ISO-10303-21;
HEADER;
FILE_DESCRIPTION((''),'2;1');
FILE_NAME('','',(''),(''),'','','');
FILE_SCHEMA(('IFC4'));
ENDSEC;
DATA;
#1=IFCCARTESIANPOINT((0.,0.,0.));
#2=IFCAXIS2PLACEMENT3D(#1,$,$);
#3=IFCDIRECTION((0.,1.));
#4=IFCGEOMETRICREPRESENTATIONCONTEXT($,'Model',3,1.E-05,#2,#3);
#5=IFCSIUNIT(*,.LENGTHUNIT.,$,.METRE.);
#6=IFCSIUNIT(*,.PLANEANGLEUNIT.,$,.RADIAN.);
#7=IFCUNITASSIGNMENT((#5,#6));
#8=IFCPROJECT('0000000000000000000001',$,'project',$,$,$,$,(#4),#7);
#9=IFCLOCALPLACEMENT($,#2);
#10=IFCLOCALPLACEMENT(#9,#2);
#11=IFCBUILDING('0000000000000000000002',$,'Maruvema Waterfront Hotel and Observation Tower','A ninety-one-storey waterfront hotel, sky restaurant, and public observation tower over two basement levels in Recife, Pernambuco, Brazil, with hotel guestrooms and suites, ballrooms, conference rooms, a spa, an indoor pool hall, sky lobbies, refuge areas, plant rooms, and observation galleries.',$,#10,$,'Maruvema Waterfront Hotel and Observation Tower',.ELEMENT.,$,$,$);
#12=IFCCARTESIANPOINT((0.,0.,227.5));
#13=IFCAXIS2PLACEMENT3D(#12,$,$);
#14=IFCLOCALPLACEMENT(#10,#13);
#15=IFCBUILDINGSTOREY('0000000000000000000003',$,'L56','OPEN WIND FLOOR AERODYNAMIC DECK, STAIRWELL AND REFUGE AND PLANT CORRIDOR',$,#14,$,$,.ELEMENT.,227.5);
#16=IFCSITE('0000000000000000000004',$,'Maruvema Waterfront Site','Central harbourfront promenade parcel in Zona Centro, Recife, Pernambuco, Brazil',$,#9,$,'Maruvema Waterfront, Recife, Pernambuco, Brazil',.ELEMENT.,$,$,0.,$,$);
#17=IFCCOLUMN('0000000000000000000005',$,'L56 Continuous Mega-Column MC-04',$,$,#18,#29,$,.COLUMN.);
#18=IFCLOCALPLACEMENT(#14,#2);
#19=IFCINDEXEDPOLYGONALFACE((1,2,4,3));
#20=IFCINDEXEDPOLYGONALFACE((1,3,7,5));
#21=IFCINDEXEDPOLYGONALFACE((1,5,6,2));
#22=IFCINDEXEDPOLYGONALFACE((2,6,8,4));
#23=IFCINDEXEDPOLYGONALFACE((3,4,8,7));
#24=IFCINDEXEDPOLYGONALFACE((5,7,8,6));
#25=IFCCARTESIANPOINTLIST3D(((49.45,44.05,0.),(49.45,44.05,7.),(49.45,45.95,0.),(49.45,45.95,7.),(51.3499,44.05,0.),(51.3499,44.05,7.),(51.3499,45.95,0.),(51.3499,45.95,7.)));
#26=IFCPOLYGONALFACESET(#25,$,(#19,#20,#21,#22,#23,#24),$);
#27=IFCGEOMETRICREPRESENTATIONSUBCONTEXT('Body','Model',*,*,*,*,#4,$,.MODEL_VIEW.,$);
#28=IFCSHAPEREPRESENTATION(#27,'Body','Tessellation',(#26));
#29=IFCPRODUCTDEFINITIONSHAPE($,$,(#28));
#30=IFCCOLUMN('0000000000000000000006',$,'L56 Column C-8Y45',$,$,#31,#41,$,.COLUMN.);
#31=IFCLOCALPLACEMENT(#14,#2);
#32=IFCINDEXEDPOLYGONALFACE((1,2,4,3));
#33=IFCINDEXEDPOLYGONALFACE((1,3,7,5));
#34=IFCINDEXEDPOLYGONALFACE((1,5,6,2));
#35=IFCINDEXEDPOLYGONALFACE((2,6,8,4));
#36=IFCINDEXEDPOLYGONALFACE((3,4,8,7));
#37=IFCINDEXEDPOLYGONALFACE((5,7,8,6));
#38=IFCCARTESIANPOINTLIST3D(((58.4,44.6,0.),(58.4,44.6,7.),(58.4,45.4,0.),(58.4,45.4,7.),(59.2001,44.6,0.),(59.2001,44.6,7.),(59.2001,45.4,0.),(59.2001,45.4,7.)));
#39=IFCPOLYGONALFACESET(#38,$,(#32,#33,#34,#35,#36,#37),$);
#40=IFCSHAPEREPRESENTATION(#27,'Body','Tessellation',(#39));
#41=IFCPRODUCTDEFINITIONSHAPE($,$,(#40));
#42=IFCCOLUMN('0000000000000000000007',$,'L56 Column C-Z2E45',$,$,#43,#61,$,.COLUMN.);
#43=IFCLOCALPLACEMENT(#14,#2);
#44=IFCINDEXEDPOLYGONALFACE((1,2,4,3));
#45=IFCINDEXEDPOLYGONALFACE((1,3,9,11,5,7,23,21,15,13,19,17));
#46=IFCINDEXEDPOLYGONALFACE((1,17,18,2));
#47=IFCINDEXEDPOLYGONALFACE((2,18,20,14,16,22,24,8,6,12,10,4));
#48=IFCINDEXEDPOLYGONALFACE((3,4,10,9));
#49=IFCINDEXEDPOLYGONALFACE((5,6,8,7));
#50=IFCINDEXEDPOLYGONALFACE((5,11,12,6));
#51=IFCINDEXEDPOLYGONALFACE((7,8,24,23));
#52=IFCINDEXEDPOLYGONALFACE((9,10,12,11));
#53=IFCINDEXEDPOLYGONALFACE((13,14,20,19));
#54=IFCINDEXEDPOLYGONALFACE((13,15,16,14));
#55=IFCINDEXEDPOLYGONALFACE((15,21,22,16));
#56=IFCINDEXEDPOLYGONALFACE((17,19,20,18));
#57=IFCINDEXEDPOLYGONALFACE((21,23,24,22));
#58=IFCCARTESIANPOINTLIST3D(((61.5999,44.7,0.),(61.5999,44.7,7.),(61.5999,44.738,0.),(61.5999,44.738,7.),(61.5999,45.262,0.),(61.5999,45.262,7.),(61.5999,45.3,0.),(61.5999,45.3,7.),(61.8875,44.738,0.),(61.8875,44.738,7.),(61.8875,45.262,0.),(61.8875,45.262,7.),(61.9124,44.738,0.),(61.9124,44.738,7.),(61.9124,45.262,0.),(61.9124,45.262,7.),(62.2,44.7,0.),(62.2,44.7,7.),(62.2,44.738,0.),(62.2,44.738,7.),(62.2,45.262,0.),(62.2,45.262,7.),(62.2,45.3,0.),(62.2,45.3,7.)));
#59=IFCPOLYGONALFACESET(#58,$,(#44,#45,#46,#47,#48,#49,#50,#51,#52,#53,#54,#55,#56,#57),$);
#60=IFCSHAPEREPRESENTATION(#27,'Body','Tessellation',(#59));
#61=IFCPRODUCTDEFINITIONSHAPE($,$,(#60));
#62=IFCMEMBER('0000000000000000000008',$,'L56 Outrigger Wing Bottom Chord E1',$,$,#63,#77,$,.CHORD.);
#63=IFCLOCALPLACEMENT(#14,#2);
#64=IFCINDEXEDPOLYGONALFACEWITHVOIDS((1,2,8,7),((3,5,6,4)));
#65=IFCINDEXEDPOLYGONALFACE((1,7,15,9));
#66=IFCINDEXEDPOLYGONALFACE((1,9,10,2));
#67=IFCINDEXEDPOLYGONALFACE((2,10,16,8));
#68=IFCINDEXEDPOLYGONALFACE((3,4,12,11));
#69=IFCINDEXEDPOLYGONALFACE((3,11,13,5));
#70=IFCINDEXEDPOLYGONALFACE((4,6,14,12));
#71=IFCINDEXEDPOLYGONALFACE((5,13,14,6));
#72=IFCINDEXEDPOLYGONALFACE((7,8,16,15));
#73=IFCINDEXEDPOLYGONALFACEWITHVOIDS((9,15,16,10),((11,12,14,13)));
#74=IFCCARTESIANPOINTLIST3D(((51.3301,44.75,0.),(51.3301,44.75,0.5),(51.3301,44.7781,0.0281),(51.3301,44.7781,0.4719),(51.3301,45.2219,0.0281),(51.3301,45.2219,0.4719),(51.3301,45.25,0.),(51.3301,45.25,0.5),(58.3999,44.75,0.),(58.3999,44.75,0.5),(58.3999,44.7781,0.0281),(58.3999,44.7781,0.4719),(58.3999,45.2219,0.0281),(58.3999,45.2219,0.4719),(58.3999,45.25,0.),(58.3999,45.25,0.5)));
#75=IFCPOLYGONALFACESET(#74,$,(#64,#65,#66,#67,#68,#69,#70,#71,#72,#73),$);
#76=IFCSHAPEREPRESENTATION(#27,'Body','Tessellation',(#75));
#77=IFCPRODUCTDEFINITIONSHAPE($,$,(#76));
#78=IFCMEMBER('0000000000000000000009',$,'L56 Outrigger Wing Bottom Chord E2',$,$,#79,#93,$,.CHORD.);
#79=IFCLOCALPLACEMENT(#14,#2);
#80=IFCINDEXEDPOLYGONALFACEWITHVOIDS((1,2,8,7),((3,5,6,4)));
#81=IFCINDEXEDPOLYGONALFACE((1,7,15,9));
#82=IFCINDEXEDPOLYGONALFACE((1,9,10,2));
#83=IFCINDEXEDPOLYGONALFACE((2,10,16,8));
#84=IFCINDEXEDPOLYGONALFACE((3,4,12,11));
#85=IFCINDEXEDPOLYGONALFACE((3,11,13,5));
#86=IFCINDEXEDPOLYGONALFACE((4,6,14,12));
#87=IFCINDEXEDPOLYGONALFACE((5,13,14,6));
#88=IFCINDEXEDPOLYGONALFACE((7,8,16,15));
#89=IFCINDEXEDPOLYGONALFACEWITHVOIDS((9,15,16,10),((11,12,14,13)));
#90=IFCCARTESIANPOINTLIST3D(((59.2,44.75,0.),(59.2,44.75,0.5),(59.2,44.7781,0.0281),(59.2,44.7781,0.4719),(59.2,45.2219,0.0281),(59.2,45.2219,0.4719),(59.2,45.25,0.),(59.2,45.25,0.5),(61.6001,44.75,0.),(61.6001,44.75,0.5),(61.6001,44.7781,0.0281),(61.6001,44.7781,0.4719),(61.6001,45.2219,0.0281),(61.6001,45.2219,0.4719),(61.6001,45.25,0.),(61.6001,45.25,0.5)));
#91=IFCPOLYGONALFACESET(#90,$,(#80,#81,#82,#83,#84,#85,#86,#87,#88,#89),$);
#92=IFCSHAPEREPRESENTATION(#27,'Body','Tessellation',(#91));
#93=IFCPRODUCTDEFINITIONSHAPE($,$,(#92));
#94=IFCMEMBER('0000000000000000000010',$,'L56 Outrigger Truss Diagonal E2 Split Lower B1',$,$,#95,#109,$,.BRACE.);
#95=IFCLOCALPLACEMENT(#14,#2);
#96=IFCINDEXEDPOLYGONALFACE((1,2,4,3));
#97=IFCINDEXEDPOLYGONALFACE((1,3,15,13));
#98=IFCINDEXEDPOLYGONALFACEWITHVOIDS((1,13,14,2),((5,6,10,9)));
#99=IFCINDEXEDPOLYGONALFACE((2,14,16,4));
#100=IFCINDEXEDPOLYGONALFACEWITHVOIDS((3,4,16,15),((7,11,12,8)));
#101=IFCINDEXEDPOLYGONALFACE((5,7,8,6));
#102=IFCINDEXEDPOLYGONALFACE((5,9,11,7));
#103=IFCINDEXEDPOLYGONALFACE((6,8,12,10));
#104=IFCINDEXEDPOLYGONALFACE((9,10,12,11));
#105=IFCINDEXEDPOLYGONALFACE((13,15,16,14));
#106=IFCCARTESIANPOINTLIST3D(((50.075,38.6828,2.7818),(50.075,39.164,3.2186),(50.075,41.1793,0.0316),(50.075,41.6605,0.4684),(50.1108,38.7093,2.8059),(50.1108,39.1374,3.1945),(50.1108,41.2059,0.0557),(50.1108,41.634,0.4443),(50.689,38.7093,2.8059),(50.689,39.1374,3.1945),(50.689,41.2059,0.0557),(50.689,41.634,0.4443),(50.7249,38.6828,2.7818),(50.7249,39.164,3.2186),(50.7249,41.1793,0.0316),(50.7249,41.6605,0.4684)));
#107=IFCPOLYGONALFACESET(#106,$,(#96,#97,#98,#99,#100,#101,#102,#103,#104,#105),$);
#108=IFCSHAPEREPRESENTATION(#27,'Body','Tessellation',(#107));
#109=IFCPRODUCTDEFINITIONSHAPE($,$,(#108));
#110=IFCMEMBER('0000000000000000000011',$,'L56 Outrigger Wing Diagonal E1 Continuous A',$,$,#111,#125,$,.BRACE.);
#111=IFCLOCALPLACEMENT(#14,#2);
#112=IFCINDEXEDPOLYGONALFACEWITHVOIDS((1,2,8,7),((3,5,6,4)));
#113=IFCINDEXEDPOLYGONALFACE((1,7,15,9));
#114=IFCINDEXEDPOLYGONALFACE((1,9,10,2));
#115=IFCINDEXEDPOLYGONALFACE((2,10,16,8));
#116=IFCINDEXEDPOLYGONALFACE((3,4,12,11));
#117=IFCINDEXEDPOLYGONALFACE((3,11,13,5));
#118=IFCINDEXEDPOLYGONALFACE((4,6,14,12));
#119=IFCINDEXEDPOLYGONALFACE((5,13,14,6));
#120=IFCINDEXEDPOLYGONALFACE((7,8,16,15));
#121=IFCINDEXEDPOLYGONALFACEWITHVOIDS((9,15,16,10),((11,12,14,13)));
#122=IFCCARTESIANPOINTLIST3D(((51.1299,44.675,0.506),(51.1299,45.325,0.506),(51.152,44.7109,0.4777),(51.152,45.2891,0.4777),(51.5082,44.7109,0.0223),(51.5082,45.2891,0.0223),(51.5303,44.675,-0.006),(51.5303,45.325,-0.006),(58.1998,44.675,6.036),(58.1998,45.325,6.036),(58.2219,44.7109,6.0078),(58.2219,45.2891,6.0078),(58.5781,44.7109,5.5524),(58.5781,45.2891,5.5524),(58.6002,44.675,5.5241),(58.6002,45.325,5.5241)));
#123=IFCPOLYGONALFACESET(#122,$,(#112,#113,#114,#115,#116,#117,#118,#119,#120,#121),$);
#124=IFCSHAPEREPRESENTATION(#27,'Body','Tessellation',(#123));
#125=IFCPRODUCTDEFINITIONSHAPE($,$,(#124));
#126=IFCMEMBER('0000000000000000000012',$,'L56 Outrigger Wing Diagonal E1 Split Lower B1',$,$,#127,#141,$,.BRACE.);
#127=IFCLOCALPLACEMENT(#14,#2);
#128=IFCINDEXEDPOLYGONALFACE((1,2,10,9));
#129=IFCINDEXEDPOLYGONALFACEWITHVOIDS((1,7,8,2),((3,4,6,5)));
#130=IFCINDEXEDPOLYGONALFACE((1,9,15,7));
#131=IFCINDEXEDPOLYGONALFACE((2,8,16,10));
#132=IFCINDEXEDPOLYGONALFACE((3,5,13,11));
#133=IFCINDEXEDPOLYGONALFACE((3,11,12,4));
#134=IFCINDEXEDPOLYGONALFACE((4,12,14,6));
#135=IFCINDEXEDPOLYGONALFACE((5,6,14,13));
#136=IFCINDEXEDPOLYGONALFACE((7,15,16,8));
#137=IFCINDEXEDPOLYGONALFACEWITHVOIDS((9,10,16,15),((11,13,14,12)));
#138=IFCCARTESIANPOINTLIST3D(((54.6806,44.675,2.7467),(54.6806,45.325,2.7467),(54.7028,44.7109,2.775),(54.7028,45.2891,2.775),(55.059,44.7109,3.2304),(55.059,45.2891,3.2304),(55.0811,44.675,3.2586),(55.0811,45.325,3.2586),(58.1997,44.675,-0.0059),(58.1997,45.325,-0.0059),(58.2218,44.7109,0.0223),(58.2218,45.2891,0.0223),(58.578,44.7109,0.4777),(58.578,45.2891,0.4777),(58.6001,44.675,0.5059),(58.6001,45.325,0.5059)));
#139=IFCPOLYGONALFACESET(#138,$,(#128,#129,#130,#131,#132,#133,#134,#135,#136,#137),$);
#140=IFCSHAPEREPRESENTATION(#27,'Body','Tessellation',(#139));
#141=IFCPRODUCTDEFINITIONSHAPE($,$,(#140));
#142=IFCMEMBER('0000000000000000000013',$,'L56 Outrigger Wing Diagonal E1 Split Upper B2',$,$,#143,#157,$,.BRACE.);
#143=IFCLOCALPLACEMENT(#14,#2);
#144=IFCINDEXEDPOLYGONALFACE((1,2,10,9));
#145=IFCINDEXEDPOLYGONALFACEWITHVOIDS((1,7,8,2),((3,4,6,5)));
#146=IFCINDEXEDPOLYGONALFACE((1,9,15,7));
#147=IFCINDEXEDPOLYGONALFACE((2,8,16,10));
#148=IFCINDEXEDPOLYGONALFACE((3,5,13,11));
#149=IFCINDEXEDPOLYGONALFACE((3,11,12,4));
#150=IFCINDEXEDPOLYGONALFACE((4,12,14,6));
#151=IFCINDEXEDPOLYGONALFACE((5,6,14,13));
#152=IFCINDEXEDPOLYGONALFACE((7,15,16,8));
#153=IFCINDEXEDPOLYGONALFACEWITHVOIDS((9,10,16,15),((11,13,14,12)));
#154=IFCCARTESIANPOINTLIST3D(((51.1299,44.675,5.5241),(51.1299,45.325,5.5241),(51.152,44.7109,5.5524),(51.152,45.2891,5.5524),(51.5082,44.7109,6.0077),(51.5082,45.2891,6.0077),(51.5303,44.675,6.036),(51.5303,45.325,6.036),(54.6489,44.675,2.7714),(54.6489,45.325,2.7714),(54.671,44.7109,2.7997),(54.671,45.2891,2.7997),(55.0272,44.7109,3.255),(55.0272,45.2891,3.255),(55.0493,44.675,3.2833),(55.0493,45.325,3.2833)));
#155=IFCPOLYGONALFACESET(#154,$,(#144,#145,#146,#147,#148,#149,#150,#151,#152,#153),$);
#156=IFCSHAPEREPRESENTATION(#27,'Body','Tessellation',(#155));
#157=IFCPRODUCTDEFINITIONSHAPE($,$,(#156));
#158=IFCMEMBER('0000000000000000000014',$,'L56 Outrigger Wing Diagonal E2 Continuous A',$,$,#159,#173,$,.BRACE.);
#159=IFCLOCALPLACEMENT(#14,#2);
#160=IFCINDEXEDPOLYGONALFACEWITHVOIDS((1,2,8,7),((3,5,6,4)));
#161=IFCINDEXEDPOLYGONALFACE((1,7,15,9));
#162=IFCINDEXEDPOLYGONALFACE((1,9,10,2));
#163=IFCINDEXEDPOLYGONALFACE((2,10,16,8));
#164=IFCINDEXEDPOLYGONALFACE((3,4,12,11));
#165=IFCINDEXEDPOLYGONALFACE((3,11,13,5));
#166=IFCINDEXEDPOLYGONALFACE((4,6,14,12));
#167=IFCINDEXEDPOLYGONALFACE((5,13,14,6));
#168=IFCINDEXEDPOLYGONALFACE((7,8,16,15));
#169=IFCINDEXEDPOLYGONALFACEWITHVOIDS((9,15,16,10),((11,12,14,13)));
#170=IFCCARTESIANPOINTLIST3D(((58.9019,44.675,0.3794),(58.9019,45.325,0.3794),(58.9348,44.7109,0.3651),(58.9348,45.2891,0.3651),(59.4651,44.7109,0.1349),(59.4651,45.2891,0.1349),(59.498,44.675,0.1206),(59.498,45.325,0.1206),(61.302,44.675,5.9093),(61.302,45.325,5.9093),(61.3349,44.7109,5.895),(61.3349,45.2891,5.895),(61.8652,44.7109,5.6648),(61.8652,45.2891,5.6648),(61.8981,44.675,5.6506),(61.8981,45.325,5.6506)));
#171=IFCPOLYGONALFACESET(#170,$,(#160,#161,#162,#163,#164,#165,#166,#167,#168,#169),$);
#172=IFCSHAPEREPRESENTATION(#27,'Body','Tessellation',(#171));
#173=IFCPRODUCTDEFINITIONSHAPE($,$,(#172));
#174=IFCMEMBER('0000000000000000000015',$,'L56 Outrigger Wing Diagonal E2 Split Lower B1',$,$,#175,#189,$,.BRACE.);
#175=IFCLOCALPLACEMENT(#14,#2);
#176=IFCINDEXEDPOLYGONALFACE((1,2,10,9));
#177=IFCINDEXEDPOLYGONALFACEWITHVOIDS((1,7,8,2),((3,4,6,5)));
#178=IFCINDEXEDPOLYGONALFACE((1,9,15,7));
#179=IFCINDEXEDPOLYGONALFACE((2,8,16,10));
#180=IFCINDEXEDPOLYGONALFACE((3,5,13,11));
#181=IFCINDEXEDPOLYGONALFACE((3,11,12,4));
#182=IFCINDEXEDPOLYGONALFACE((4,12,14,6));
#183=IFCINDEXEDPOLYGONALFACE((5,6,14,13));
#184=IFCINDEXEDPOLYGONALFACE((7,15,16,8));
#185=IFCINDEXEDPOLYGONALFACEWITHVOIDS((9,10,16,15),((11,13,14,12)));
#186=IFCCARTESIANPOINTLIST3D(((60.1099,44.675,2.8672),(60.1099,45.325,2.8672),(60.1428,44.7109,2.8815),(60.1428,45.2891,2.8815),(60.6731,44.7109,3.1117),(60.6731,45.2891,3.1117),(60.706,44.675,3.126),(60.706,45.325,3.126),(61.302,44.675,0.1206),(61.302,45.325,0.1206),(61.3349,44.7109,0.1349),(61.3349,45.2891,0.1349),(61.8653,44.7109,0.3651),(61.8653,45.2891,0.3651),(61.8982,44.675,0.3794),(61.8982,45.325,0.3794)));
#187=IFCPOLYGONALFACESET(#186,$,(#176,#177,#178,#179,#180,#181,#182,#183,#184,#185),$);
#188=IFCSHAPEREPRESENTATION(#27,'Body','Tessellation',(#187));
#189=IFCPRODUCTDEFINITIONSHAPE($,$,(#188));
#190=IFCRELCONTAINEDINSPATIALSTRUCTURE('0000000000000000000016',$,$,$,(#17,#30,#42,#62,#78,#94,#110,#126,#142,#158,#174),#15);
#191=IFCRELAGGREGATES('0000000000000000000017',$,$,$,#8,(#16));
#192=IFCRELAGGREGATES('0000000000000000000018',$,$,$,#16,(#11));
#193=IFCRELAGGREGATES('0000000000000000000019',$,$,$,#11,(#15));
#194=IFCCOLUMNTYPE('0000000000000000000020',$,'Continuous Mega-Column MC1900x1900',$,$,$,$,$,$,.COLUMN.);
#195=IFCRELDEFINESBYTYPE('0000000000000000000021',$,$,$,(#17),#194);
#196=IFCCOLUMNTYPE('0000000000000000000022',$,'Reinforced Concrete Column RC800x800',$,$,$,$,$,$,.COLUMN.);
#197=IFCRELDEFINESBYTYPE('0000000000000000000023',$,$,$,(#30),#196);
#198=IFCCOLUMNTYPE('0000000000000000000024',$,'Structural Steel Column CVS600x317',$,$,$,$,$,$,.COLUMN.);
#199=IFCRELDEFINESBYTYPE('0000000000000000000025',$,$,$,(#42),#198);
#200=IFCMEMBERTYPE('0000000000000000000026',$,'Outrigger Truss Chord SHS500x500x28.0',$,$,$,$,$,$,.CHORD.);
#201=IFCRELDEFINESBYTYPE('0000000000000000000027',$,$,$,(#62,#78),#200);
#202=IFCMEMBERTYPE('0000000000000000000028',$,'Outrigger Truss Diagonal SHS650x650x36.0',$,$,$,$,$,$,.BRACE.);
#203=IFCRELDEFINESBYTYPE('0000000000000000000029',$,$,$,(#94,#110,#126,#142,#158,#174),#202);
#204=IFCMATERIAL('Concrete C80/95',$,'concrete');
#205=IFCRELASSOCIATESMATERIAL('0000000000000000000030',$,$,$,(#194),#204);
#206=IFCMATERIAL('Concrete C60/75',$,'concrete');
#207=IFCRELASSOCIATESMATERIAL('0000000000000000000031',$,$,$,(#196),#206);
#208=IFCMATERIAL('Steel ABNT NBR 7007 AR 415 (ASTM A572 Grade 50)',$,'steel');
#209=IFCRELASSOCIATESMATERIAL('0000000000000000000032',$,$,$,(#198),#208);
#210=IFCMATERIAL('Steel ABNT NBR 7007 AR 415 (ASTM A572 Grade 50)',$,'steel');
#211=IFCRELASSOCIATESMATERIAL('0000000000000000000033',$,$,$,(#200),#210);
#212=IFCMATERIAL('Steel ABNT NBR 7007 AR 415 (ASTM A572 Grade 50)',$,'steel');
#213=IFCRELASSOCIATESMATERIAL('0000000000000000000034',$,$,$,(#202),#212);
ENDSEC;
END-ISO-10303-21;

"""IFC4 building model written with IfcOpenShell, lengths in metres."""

from ifc_helpers import new_model, si_unit, direction, frame, origin, origin_2d, place, context, subcontext, project, spatial, rectangle, hollow_rectangle, i_section, extrude, material, material_profile, profile_set, type_object, element, save


model = new_model("IFC4")

# Units and contexts
model_context = context("Model", 3, precision=1e-05, world=origin(), true_north=direction((0.0, 1.0)))
body_context = subcontext(model_context, "Body", "Model", "MODEL_VIEW")
ifc_project = project(units=[si_unit("LENGTHUNIT", "METRE"), si_unit("PLANEANGLEUNIT", "RADIAN")], contexts=[model_context])

# Site, building, storey
site_placement = place(None, origin())
site = spatial("IfcSite", under=ifc_project, at=site_placement, Name="Maruvema Waterfront Site", Description="Central harbourfront promenade parcel in Zona Centro, Recife, Pernambuco, Brazil", LongName="Maruvema Waterfront, Recife, Pernambuco, Brazil", CompositionType="ELEMENT", RefElevation=0.0)
building_placement = place(site_placement, origin())
building = spatial("IfcBuilding", under=site, at=building_placement, Name="Maruvema Waterfront Hotel and Observation Tower", Description="A ninety-one-storey waterfront hotel, sky restaurant, and public observation tower over two basement levels in Recife, Pernambuco, Brazil, with hotel guestrooms and suites, ballrooms, conference rooms, a spa, an indoor pool hall, sky lobbies, refuge areas, plant rooms, and observation galleries.", LongName="Maruvema Waterfront Hotel and Observation Tower", CompositionType="ELEMENT")
storey_placement = place(building_placement, frame((0.0, 0.0, 227.5)))
storey = spatial("IfcBuildingStorey", under=building, at=storey_placement, Name="L56", Description="OPEN WIND FLOOR AERODYNAMIC DECK, STAIRWELL AND REFUGE AND PLANT CORRIDOR", CompositionType="ELEMENT", Elevation=227.5)

# Columns
ifc_material_1 = material(Name="Concrete C80/95", Category="concrete")
ifc_material_profile_1 = material_profile(ifc_material_1, rectangle(XDim=1.8999, YDim=1.8999, at=origin_2d()), Name="MC1900x1900")
ifc_profile_set_1 = profile_set([ifc_material_profile_1], Name="Concrete C80/95")
column_type_1 = type_object("IfcColumnType", Name="Continuous Mega-Column MC1900x1900", PredefinedType="COLUMN", material=ifc_profile_set_1)
column_1_placement = place(storey_placement, frame((50.3999, 45.0, 0.0), z_axis=(0.0, 0.0, 1.0), x_axis=(1.0, 0.0, 0.0)))
element("IfcColumn", 1, at=column_1_placement, inside=storey, type_object=column_type_1, Name="L56 Continuous Mega-Column MC-04", PredefinedType="COLUMN", context=body_context, shape_type="SweptSolid", body=[
    extrude(rectangle(XDim=1.8999, YDim=1.8999, at=origin_2d()), origin(), (0.0, 0.0, 1.0), 7.0),
])
ifc_material_2 = material(Name="Concrete C60/75", Category="concrete")
ifc_material_profile_2 = material_profile(ifc_material_2, rectangle(XDim=0.8, YDim=0.8, at=origin_2d()), Name="RC800x800")
ifc_profile_set_2 = profile_set([ifc_material_profile_2], Name="Concrete C60/75")
column_type_2 = type_object("IfcColumnType", Name="Reinforced Concrete Column RC800x800", PredefinedType="COLUMN", material=ifc_profile_set_2)
column_2_placement = place(storey_placement, frame((58.8, 45.0, 0.0), z_axis=(0.0, 0.0, 1.0), x_axis=(1.0, 0.0, 0.0)))
element("IfcColumn", 2, at=column_2_placement, inside=storey, type_object=column_type_2, Name="L56 Column C-8Y45", PredefinedType="COLUMN", context=body_context, shape_type="SweptSolid", body=[
    extrude(rectangle(XDim=0.8, YDim=0.8, at=origin_2d()), origin(), (0.0, 0.0, 1.0), 7.0),
])
ifc_material_3 = material(Name="Steel ABNT NBR 7007 AR 415 (ASTM A572 Grade 50)", Category="steel")
ifc_material_profile_3 = material_profile(ifc_material_3, i_section(OverallWidth=0.6001, OverallDepth=0.6001, WebThickness=0.0249, FlangeThickness=0.0381, at=origin_2d()), Name="CVS600x317")
ifc_profile_set_3 = profile_set([ifc_material_profile_3], Name="Steel ABNT NBR 7007 AR 415 (ASTM A572 Grade 50)")
column_type_3 = type_object("IfcColumnType", Name="Structural Steel Column CVS600x317", PredefinedType="COLUMN", material=ifc_profile_set_3)
column_3_placement = place(storey_placement, frame((61.8999, 45.0, 0.0), z_axis=(0.0, 0.0, 1.0), x_axis=(1.0, 0.0, 0.0)))
element("IfcColumn", 3, at=column_3_placement, inside=storey, type_object=column_type_3, Name="L56 Column C-Z2E45", PredefinedType="COLUMN", context=body_context, shape_type="SweptSolid", body=[
    extrude(i_section(OverallWidth=0.6001, OverallDepth=0.6001, WebThickness=0.0249, FlangeThickness=0.0381, at=origin_2d()), origin(), (0.0, 0.0, 1.0), 7.0),
])

# Members
ifc_material_4 = material(Name="Steel ABNT NBR 7007 AR 415 (ASTM A572 Grade 50)", Category="steel")
ifc_material_profile_4 = material_profile(ifc_material_4, hollow_rectangle(XDim=0.5, YDim=0.5, WallThickness=0.0281, at=origin_2d()), Name="SHS500x500x28.0")
ifc_profile_set_4 = profile_set([ifc_material_profile_4], Name="Steel ABNT NBR 7007 AR 415 (ASTM A572 Grade 50)")
member_type_1 = type_object("IfcMemberType", Name="Outrigger Truss Chord SHS500x500x28.0", PredefinedType="CHORD", material=ifc_profile_set_4)
member_1_placement = place(storey_placement, frame((51.3301, 45.0, 0.25), z_axis=(1.0, 0.0, 0.0), x_axis=(0.0, 1.0, 0.0)))
element("IfcMember", 4, at=member_1_placement, inside=storey, type_object=member_type_1, Name="L56 Outrigger Wing Bottom Chord E1", PredefinedType="CHORD", context=body_context, shape_type="SweptSolid", body=[
    extrude(hollow_rectangle(XDim=0.5, YDim=0.5, WallThickness=0.0281, at=origin_2d()), origin(), (0.0, 0.0, 1.0), 7.0698),
])
member_2_placement = place(storey_placement, frame((59.2, 45.0, 0.25), z_axis=(1.0, 0.0, 0.0), x_axis=(0.0, 1.0, 0.0)))
element("IfcMember", 5, at=member_2_placement, inside=storey, type_object=member_type_1, Name="L56 Outrigger Wing Bottom Chord E2", PredefinedType="CHORD", context=body_context, shape_type="SweptSolid", body=[
    extrude(hollow_rectangle(XDim=0.5, YDim=0.5, WallThickness=0.0281, at=origin_2d()), origin(), (0.0, 0.0, 1.0), 2.4001),
])
ifc_material_5 = material(Name="Steel ABNT NBR 7007 AR 415 (ASTM A572 Grade 50)", Category="steel")
ifc_material_profile_5 = material_profile(ifc_material_5, hollow_rectangle(XDim=0.6499, YDim=0.6499, WallThickness=0.0359, at=origin_2d()), Name="SHS650x650x36.0")
ifc_profile_set_5 = profile_set([ifc_material_profile_5], Name="Steel ABNT NBR 7007 AR 415 (ASTM A572 Grade 50)")
member_type_2 = type_object("IfcMemberType", Name="Outrigger Truss Diagonal SHS650x650x36.0", PredefinedType="BRACE", material=ifc_profile_set_5)
member_3_placement = place(storey_placement, frame((50.3999, 41.4199, 0.25), z_axis=(0.0, -0.672136, 0.740428), x_axis=(1.0, 0.0, 0.0)))
element("IfcMember", 6, at=member_3_placement, inside=storey, type_object=member_type_2, Name="L56 Outrigger Truss Diagonal E2 Split Lower B1", PredefinedType="BRACE", context=body_context, shape_type="SweptSolid", body=[
    extrude(hollow_rectangle(XDim=0.6499, YDim=0.6499, WallThickness=0.0359, at=origin_2d()), origin(), (0.0, 0.0, 1.0), 3.7144),
])
member_4_placement = place(storey_placement, frame((51.3301, 45.0, 0.25), z_axis=(0.787661, 0.0, 0.616109), x_axis=(0.0, 1.0, 0.0)))
element("IfcMember", 7, at=member_4_placement, inside=storey, type_object=member_type_2, Name="L56 Outrigger Wing Diagonal E1 Continuous A", PredefinedType="BRACE", context=body_context, shape_type="SweptSolid", body=[
    extrude(hollow_rectangle(XDim=0.6499, YDim=0.6499, WallThickness=0.0359, at=origin_2d()), origin(), (0.0, 0.0, 1.0), 8.9758),
])
for number, where, z_axis, x_axis, name in (
    (8, (58.3999, 45.0, 0.25), (-0.787651, 0.0, 0.616121), (0.0, -1.0, 0.0), "L56 Outrigger Wing Diagonal E1 Split Lower B1"),
    (9, (54.8491, 45.0, 3.0273), (-0.787651, 0.0, 0.616121), (0.0, -1.0, 0.0), "L56 Outrigger Wing Diagonal E1 Split Upper B2"),
):
    element("IfcMember", number, at=place(storey_placement, frame(where, z_axis=z_axis, x_axis=x_axis)), inside=storey, type_object=member_type_2, Name=name, PredefinedType="BRACE", context=body_context, shape_type="SweptSolid", body=[
        extrude(hollow_rectangle(XDim=0.6499, YDim=0.6499, WallThickness=0.0359, at=origin_2d()), origin(), (0.0, 0.0, 1.0), 4.4678),
    ])
member_5_placement = place(storey_placement, frame((59.2, 45.0, 0.25), z_axis=(0.398138, 0.0, 0.917325), x_axis=(0.0, 1.0, 0.0)))
element("IfcMember", 10, at=member_5_placement, inside=storey, type_object=member_type_2, Name="L56 Outrigger Wing Diagonal E2 Continuous A", PredefinedType="BRACE", context=body_context, shape_type="SweptSolid", body=[
    extrude(hollow_rectangle(XDim=0.6499, YDim=0.6499, WallThickness=0.0359, at=origin_2d()), origin(), (0.0, 0.0, 1.0), 6.0283),
])
member_6_placement = place(storey_placement, frame((61.6001, 45.0, 0.25), z_axis=(-0.398157, 0.0, 0.917317), x_axis=(0.0, -1.0, 0.0)))
element("IfcMember", 11, at=member_6_placement, inside=storey, type_object=member_type_2, Name="L56 Outrigger Wing Diagonal E2 Split Lower B1", PredefinedType="BRACE", context=body_context, shape_type="SweptSolid", body=[
    extrude(hollow_rectangle(XDim=0.6499, YDim=0.6499, WallThickness=0.0359, at=origin_2d()), origin(), (0.0, 0.0, 1.0), 2.9941),
])

save(model, "model.ifc")
